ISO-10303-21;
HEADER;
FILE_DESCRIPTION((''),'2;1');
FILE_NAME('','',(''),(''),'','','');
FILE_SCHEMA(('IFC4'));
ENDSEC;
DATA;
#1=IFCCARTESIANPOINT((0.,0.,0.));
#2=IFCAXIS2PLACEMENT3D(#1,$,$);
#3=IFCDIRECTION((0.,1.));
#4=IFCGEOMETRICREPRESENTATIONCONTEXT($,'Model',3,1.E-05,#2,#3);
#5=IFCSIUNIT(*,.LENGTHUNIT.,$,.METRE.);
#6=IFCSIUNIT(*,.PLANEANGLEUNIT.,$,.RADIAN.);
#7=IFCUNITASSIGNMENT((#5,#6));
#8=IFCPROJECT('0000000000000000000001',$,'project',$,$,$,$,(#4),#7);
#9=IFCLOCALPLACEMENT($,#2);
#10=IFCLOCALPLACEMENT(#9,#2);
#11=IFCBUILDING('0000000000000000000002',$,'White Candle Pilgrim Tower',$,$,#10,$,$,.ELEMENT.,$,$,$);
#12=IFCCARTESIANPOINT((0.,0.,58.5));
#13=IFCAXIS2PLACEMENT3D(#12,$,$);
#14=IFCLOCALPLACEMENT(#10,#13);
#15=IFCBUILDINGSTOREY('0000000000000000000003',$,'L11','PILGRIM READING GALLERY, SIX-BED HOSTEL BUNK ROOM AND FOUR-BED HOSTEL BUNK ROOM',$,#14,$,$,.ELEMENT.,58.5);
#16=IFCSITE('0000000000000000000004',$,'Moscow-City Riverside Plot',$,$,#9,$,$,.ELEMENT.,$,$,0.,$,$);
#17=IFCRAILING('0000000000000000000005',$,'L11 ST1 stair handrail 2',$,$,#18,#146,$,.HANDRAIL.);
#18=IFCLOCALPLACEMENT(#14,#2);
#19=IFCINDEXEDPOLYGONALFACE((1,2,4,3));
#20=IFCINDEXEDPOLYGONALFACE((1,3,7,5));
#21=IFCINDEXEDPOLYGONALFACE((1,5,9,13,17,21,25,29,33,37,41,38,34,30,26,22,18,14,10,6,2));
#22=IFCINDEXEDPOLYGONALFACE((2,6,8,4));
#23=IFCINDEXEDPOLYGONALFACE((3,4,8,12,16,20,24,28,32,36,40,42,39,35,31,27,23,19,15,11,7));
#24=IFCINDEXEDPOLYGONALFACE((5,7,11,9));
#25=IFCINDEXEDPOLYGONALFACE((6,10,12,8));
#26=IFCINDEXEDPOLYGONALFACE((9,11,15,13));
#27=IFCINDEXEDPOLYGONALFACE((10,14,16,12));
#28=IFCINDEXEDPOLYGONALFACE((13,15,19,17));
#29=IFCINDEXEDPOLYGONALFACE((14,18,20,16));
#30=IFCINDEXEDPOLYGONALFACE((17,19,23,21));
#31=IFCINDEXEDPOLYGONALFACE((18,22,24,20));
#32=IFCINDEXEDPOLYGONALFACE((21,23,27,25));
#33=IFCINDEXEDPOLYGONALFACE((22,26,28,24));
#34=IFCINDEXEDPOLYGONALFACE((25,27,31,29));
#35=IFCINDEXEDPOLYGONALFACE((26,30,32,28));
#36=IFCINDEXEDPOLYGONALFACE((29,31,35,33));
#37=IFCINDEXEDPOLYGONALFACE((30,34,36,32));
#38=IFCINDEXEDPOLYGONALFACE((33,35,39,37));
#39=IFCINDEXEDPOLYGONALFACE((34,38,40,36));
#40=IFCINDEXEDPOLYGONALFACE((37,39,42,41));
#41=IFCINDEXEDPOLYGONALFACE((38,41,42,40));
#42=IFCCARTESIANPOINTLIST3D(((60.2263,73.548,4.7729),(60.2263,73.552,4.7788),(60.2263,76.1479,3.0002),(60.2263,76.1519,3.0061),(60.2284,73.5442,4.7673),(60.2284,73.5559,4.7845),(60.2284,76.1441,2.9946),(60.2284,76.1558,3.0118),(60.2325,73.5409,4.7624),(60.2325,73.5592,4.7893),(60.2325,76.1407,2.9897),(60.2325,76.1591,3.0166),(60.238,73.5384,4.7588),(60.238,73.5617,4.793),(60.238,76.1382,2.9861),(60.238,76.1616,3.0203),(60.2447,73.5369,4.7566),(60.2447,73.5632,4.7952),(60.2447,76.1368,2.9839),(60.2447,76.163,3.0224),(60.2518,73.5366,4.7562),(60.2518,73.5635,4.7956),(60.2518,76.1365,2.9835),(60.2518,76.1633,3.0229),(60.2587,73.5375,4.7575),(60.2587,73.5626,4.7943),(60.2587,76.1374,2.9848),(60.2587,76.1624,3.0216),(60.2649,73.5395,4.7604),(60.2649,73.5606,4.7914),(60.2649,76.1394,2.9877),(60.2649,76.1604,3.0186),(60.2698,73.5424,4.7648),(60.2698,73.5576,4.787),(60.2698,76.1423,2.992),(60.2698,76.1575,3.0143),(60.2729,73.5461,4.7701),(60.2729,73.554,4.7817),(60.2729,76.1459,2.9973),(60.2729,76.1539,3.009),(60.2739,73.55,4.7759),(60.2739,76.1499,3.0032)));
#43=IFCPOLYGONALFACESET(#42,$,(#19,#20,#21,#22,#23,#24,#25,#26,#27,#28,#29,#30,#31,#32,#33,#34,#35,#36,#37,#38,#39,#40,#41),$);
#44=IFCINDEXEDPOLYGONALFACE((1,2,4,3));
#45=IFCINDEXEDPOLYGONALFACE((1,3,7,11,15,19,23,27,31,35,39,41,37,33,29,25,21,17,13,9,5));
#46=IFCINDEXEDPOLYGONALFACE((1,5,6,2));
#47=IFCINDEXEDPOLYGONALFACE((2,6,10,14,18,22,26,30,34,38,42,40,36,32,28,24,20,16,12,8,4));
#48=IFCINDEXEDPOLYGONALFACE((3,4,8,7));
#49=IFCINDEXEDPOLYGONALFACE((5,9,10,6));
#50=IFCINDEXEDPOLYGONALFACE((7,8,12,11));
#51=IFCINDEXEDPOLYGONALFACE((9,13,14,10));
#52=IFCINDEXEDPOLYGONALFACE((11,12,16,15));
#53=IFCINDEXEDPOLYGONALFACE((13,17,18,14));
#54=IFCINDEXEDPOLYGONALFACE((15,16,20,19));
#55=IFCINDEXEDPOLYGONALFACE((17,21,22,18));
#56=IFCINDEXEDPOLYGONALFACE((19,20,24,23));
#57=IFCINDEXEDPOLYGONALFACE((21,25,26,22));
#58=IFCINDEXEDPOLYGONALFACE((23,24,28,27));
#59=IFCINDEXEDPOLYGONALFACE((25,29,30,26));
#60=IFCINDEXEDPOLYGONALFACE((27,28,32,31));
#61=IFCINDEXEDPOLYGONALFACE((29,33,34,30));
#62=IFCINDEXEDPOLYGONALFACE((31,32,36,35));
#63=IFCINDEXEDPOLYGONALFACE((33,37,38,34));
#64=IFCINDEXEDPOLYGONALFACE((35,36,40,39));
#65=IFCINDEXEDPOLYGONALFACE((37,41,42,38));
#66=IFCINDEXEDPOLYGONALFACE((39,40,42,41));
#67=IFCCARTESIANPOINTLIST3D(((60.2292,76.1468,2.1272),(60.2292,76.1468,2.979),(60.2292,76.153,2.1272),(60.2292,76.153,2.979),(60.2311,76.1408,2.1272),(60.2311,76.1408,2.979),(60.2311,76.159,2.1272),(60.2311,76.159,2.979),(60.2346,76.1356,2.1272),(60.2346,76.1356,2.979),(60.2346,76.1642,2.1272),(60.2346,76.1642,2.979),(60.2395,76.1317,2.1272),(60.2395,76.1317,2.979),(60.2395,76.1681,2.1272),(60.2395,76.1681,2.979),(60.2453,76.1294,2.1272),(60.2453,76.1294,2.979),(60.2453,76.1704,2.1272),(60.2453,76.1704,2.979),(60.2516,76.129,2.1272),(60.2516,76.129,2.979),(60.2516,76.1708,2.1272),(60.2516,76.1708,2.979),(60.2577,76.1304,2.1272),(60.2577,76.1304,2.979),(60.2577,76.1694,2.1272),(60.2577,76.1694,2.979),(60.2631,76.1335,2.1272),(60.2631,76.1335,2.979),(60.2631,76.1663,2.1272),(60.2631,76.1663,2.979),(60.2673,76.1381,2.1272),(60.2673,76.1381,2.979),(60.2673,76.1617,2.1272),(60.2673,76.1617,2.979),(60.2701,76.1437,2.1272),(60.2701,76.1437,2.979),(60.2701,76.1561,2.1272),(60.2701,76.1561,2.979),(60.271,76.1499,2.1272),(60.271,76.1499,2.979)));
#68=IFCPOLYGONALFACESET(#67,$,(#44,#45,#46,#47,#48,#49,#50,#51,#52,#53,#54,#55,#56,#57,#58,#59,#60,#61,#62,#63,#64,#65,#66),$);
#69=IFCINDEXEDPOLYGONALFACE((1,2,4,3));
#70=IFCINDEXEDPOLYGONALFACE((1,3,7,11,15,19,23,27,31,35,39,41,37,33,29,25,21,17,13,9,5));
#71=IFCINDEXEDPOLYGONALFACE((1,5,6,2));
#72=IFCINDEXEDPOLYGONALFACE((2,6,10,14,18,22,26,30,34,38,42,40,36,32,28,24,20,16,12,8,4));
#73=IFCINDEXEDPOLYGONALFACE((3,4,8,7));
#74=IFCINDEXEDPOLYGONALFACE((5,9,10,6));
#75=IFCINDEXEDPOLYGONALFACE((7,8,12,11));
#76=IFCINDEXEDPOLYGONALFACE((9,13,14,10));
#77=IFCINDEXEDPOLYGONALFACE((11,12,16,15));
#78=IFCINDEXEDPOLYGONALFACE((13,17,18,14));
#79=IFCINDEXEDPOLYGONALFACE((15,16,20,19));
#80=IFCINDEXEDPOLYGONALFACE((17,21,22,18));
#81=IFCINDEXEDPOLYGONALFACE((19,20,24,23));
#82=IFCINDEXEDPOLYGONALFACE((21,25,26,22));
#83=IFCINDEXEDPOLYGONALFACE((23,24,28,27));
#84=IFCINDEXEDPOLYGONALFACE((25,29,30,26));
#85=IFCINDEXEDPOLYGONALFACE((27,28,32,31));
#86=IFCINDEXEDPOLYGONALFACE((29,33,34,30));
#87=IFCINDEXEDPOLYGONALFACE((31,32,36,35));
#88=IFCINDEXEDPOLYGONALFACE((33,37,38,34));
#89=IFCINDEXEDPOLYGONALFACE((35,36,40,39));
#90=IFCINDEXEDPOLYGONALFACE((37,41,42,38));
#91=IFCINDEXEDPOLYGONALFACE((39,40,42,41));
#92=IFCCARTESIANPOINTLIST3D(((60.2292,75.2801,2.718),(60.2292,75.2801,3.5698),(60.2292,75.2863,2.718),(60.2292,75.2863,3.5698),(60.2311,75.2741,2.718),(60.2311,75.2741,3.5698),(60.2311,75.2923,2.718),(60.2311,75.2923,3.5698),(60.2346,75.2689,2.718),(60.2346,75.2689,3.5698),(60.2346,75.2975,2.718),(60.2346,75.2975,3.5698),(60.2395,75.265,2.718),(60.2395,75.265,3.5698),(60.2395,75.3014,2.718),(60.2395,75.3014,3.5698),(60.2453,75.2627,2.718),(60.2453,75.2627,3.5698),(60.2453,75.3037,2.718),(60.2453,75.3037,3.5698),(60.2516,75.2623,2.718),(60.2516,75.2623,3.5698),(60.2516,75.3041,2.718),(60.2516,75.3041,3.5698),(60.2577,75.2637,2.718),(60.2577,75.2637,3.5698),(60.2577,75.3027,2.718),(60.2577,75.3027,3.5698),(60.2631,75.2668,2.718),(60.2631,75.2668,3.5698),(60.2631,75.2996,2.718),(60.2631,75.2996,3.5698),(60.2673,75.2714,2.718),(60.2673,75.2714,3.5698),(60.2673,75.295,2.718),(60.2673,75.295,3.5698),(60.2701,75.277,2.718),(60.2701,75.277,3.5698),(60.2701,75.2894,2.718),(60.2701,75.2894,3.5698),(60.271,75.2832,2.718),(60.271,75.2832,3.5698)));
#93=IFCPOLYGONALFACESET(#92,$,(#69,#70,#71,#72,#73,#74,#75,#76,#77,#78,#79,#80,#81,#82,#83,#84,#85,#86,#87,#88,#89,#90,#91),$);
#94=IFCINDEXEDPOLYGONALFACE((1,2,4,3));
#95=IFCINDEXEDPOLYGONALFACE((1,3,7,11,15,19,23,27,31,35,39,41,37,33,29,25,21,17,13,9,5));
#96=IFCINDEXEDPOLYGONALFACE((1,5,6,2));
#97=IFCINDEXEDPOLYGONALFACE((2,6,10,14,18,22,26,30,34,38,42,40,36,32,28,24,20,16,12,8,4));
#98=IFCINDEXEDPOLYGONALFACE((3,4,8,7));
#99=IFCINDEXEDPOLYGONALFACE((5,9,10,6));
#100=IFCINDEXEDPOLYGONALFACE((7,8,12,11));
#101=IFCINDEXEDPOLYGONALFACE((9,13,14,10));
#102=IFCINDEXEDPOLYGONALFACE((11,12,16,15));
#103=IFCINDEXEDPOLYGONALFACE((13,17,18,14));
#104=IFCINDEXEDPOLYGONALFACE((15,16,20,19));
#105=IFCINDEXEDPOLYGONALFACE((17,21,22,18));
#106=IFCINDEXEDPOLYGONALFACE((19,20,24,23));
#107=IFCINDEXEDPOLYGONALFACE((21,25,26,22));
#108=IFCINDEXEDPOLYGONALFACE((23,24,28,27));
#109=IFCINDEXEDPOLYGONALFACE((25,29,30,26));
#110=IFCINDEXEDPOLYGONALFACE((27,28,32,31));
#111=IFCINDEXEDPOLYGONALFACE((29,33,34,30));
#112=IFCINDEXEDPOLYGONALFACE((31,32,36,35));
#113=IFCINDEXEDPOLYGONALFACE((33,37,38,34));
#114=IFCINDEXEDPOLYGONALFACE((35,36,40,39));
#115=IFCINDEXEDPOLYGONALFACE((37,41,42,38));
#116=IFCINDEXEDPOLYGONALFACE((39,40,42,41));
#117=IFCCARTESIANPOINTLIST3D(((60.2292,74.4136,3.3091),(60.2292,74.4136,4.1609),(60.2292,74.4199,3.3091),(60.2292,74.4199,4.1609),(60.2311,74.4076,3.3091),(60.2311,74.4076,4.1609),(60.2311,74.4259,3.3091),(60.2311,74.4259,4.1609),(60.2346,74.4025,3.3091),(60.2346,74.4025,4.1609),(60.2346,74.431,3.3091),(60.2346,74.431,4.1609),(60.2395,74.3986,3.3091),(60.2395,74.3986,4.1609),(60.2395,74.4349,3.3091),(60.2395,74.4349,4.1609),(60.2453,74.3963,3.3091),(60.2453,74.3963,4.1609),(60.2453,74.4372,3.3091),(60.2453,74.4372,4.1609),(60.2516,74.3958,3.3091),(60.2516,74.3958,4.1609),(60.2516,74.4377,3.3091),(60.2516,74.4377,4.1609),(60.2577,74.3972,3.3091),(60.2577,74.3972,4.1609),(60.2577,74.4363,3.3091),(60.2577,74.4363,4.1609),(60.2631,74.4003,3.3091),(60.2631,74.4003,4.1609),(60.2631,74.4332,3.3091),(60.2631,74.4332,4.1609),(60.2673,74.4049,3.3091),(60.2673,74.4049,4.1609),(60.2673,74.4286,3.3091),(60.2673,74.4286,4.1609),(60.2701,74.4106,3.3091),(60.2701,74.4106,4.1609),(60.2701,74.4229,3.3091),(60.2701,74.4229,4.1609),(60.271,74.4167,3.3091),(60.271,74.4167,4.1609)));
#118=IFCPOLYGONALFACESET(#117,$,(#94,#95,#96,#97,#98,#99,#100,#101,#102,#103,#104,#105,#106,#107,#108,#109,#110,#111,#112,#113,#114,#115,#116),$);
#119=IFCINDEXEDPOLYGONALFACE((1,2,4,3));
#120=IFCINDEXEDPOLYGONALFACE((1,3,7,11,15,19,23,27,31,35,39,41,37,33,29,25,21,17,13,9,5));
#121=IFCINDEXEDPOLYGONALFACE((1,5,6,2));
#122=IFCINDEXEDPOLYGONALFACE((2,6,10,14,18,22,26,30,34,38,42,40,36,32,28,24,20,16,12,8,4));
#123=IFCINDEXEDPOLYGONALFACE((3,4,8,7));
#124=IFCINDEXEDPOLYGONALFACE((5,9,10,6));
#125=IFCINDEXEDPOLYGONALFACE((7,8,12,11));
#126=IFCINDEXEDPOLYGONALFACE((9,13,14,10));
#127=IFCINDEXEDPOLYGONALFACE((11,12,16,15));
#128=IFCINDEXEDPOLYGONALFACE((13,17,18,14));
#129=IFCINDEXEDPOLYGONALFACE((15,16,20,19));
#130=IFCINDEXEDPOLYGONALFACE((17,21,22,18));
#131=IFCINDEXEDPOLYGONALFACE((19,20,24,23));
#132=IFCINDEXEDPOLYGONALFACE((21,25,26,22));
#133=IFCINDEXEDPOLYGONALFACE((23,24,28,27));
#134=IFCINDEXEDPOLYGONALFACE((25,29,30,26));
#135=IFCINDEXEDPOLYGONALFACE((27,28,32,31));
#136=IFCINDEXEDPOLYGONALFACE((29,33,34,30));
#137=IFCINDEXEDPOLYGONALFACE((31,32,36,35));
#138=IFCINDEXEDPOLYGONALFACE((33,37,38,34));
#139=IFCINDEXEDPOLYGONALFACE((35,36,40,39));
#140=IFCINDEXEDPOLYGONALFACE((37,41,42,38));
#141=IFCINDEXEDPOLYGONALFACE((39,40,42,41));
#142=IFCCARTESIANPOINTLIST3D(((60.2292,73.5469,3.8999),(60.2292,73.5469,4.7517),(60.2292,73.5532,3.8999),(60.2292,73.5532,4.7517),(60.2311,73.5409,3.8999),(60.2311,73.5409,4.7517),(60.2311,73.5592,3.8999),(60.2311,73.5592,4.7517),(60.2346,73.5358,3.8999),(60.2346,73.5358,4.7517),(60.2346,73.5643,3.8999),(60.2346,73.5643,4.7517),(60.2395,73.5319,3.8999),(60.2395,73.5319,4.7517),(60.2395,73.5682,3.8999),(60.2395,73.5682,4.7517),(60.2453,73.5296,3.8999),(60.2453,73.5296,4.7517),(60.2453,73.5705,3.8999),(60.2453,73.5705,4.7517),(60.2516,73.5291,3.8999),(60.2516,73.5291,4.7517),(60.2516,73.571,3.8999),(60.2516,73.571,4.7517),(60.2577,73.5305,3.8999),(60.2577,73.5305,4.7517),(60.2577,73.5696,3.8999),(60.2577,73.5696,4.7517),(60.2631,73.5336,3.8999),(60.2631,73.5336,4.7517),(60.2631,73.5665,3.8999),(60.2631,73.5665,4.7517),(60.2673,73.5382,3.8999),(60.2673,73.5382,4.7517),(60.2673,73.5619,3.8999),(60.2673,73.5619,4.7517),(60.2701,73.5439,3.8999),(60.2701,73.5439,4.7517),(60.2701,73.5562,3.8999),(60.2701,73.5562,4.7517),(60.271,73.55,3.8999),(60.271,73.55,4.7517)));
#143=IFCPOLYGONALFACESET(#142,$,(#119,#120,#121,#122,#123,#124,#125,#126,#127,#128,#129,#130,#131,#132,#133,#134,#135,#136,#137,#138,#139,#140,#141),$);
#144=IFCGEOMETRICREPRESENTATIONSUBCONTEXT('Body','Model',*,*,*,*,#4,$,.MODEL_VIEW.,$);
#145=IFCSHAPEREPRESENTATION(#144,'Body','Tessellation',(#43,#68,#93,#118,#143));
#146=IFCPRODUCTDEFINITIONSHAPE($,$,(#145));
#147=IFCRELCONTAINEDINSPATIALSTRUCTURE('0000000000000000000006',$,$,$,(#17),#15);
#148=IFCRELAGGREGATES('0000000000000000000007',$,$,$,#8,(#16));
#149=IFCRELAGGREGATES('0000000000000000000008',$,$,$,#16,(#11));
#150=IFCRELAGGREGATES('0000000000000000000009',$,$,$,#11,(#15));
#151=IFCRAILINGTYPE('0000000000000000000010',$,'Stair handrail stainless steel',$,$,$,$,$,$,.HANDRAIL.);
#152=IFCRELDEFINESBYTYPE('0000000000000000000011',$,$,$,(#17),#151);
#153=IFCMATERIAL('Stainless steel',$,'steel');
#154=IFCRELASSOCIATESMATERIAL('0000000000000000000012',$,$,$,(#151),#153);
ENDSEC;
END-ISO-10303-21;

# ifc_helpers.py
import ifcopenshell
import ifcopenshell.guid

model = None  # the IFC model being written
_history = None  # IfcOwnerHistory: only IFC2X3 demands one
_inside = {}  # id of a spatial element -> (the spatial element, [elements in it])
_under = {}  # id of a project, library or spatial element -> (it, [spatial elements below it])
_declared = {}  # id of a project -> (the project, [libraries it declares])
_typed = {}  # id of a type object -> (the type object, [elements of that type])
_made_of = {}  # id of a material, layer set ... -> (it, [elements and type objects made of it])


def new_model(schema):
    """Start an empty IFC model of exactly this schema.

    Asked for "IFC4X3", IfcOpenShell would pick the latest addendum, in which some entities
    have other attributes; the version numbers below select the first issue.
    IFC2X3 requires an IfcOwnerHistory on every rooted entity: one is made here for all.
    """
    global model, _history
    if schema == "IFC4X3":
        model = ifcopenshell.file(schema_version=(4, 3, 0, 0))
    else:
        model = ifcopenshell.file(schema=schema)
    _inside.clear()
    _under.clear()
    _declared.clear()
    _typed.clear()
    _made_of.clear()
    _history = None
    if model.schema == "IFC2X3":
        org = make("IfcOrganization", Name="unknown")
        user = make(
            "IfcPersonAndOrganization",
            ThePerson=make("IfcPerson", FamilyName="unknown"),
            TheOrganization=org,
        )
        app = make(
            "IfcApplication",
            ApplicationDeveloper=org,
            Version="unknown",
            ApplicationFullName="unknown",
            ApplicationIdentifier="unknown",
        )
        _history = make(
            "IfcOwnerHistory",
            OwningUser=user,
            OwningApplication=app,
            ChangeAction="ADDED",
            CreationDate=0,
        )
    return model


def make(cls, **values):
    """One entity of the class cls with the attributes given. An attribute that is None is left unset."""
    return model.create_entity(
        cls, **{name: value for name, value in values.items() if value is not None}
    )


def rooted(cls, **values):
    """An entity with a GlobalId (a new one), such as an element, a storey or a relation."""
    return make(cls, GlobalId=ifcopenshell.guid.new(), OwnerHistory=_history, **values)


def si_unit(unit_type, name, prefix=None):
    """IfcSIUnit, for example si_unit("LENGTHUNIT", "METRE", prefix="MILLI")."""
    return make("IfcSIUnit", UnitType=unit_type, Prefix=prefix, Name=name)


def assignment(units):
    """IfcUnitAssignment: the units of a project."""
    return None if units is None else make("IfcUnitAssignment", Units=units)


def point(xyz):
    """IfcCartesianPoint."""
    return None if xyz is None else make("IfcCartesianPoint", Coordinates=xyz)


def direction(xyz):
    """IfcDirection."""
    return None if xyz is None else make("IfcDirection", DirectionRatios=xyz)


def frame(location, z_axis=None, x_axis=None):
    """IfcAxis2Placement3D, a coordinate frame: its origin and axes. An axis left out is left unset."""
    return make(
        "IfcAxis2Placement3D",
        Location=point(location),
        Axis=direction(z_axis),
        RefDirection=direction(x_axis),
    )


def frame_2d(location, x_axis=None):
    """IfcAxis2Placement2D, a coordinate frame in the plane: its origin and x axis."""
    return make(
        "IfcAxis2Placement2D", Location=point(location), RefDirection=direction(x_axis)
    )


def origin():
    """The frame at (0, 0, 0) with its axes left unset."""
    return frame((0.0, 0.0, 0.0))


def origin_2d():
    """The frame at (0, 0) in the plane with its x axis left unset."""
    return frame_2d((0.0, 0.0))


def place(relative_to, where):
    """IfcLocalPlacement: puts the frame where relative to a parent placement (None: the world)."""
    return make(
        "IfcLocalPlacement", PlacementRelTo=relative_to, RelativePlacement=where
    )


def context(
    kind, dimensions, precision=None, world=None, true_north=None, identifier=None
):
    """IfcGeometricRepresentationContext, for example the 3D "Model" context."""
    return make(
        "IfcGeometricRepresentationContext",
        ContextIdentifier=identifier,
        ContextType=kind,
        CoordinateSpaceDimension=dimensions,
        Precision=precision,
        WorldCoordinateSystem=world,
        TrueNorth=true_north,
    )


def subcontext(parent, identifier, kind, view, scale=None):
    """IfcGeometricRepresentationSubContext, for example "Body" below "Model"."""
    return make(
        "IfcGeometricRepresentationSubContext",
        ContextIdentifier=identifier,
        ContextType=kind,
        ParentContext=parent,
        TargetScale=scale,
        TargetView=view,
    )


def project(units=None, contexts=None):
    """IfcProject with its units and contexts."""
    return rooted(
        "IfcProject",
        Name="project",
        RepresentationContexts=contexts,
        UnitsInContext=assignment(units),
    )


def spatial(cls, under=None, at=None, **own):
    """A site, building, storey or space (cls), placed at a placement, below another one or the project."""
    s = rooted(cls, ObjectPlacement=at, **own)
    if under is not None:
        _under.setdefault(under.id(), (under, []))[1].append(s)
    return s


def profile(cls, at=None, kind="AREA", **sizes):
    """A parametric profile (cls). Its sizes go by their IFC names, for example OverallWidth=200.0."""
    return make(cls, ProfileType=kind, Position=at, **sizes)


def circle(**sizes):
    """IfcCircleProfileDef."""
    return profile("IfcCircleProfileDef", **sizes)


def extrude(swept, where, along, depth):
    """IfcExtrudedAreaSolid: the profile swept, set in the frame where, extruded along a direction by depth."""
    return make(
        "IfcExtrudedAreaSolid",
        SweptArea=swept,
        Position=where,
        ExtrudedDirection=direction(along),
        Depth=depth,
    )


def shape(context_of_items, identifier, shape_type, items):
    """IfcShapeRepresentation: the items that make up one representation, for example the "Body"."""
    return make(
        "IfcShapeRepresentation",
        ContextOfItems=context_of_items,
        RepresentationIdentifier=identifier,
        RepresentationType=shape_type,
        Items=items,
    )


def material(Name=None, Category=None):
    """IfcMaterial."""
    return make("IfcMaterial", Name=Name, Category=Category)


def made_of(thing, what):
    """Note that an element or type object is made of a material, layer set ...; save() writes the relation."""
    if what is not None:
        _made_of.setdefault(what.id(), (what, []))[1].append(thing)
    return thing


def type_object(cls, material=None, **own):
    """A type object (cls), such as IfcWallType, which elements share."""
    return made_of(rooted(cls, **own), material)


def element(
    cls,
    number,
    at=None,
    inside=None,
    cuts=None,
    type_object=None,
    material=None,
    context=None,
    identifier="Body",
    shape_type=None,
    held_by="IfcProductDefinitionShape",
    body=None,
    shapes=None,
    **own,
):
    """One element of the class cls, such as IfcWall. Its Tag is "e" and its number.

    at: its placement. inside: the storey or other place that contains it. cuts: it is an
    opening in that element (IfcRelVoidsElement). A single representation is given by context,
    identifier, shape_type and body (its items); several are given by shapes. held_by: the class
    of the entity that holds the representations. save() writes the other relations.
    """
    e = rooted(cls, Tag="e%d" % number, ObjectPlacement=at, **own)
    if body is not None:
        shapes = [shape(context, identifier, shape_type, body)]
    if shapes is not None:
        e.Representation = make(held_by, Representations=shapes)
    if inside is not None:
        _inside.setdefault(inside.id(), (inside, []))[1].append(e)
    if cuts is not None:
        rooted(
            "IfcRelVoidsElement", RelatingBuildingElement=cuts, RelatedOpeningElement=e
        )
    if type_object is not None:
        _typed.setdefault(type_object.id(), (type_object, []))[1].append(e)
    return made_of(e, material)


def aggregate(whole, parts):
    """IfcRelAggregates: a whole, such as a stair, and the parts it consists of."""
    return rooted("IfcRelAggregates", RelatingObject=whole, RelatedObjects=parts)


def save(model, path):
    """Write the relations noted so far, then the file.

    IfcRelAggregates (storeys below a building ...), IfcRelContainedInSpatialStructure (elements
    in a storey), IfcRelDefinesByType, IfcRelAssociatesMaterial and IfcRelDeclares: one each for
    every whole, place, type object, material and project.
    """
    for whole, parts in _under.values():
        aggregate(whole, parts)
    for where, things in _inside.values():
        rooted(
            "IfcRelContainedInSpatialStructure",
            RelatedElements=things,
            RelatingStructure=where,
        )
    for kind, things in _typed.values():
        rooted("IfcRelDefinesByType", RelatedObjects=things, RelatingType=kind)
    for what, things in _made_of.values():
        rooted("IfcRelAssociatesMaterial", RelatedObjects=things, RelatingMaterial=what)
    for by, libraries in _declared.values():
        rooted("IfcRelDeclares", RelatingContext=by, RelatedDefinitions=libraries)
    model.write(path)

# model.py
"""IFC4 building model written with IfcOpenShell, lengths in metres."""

from ifc_helpers import new_model, si_unit, direction, frame, origin, origin_2d, place, context, subcontext, project, spatial, circle, extrude, material, type_object, element, save


model = new_model("IFC4")

# Units and contexts
model_context = context("Model", 3, precision=1e-05, world=origin(), true_north=direction((0.0, 1.0)))
body_context = subcontext(model_context, "Body", "Model", "MODEL_VIEW")
ifc_project = project(units=[si_unit("LENGTHUNIT", "METRE"), si_unit("PLANEANGLEUNIT", "RADIAN")], contexts=[model_context])

# Site, building, storey
site_placement = place(None, origin())
site = spatial("IfcSite", under=ifc_project, at=site_placement, Name="Moscow-City Riverside Plot", CompositionType="ELEMENT", RefElevation=0.0)
building_placement = place(site_placement, origin())
building = spatial("IfcBuilding", under=site, at=building_placement, Name="White Candle Pilgrim Tower", CompositionType="ELEMENT")
storey_placement = place(building_placement, frame((0.0, 0.0, 58.5)))
storey = spatial("IfcBuildingStorey", under=building, at=storey_placement, Name="L11", Description="PILGRIM READING GALLERY, SIX-BED HOSTEL BUNK ROOM AND FOUR-BED HOSTEL BUNK ROOM", CompositionType="ELEMENT", Elevation=58.5)

# Railing
ifc_material_1 = material(Name="Stainless steel", Category="steel")
railing_type_1 = type_object("IfcRailingType", Name="Stair handrail stainless steel", PredefinedType="HANDRAIL", material=ifc_material_1)
railing_1_placement = place(storey_placement, frame((60.25, 76.1499, 2.1272)))
element("IfcRailing", 1, at=railing_1_placement, inside=storey, type_object=railing_type_1, Name="L11 ST1 stair handrail 2", PredefinedType="HANDRAIL", context=body_context, shape_type="SweptSolid", body=[
    extrude(circle(Radius=0.0239, at=origin_2d()), frame((0.0, 0.0, 0.876), z_axis=(0.0, -0.826216, 0.563354), x_axis=(1.0, 0.0, 0.0)), (0.0, 0.0, 1.0), 3.1467),
    extrude(circle(Radius=0.021, at=origin_2d()), origin(), (0.0, 0.0, 1.0), 0.8518),
    extrude(circle(Radius=0.021, at=origin_2d()), frame((0.0, -0.8667, 0.5908)), (0.0, 0.0, 1.0), 0.8518),
    extrude(circle(Radius=0.021, at=origin_2d()), frame((0.0, -1.7332, 1.1819)), (0.0, 0.0, 1.0), 0.8518),
    extrude(circle(Radius=0.021, at=origin_2d()), frame((0.0, -2.5999, 1.7727)), (0.0, 0.0, 1.0), 0.8518),
])

save(model, "model.ifc")
